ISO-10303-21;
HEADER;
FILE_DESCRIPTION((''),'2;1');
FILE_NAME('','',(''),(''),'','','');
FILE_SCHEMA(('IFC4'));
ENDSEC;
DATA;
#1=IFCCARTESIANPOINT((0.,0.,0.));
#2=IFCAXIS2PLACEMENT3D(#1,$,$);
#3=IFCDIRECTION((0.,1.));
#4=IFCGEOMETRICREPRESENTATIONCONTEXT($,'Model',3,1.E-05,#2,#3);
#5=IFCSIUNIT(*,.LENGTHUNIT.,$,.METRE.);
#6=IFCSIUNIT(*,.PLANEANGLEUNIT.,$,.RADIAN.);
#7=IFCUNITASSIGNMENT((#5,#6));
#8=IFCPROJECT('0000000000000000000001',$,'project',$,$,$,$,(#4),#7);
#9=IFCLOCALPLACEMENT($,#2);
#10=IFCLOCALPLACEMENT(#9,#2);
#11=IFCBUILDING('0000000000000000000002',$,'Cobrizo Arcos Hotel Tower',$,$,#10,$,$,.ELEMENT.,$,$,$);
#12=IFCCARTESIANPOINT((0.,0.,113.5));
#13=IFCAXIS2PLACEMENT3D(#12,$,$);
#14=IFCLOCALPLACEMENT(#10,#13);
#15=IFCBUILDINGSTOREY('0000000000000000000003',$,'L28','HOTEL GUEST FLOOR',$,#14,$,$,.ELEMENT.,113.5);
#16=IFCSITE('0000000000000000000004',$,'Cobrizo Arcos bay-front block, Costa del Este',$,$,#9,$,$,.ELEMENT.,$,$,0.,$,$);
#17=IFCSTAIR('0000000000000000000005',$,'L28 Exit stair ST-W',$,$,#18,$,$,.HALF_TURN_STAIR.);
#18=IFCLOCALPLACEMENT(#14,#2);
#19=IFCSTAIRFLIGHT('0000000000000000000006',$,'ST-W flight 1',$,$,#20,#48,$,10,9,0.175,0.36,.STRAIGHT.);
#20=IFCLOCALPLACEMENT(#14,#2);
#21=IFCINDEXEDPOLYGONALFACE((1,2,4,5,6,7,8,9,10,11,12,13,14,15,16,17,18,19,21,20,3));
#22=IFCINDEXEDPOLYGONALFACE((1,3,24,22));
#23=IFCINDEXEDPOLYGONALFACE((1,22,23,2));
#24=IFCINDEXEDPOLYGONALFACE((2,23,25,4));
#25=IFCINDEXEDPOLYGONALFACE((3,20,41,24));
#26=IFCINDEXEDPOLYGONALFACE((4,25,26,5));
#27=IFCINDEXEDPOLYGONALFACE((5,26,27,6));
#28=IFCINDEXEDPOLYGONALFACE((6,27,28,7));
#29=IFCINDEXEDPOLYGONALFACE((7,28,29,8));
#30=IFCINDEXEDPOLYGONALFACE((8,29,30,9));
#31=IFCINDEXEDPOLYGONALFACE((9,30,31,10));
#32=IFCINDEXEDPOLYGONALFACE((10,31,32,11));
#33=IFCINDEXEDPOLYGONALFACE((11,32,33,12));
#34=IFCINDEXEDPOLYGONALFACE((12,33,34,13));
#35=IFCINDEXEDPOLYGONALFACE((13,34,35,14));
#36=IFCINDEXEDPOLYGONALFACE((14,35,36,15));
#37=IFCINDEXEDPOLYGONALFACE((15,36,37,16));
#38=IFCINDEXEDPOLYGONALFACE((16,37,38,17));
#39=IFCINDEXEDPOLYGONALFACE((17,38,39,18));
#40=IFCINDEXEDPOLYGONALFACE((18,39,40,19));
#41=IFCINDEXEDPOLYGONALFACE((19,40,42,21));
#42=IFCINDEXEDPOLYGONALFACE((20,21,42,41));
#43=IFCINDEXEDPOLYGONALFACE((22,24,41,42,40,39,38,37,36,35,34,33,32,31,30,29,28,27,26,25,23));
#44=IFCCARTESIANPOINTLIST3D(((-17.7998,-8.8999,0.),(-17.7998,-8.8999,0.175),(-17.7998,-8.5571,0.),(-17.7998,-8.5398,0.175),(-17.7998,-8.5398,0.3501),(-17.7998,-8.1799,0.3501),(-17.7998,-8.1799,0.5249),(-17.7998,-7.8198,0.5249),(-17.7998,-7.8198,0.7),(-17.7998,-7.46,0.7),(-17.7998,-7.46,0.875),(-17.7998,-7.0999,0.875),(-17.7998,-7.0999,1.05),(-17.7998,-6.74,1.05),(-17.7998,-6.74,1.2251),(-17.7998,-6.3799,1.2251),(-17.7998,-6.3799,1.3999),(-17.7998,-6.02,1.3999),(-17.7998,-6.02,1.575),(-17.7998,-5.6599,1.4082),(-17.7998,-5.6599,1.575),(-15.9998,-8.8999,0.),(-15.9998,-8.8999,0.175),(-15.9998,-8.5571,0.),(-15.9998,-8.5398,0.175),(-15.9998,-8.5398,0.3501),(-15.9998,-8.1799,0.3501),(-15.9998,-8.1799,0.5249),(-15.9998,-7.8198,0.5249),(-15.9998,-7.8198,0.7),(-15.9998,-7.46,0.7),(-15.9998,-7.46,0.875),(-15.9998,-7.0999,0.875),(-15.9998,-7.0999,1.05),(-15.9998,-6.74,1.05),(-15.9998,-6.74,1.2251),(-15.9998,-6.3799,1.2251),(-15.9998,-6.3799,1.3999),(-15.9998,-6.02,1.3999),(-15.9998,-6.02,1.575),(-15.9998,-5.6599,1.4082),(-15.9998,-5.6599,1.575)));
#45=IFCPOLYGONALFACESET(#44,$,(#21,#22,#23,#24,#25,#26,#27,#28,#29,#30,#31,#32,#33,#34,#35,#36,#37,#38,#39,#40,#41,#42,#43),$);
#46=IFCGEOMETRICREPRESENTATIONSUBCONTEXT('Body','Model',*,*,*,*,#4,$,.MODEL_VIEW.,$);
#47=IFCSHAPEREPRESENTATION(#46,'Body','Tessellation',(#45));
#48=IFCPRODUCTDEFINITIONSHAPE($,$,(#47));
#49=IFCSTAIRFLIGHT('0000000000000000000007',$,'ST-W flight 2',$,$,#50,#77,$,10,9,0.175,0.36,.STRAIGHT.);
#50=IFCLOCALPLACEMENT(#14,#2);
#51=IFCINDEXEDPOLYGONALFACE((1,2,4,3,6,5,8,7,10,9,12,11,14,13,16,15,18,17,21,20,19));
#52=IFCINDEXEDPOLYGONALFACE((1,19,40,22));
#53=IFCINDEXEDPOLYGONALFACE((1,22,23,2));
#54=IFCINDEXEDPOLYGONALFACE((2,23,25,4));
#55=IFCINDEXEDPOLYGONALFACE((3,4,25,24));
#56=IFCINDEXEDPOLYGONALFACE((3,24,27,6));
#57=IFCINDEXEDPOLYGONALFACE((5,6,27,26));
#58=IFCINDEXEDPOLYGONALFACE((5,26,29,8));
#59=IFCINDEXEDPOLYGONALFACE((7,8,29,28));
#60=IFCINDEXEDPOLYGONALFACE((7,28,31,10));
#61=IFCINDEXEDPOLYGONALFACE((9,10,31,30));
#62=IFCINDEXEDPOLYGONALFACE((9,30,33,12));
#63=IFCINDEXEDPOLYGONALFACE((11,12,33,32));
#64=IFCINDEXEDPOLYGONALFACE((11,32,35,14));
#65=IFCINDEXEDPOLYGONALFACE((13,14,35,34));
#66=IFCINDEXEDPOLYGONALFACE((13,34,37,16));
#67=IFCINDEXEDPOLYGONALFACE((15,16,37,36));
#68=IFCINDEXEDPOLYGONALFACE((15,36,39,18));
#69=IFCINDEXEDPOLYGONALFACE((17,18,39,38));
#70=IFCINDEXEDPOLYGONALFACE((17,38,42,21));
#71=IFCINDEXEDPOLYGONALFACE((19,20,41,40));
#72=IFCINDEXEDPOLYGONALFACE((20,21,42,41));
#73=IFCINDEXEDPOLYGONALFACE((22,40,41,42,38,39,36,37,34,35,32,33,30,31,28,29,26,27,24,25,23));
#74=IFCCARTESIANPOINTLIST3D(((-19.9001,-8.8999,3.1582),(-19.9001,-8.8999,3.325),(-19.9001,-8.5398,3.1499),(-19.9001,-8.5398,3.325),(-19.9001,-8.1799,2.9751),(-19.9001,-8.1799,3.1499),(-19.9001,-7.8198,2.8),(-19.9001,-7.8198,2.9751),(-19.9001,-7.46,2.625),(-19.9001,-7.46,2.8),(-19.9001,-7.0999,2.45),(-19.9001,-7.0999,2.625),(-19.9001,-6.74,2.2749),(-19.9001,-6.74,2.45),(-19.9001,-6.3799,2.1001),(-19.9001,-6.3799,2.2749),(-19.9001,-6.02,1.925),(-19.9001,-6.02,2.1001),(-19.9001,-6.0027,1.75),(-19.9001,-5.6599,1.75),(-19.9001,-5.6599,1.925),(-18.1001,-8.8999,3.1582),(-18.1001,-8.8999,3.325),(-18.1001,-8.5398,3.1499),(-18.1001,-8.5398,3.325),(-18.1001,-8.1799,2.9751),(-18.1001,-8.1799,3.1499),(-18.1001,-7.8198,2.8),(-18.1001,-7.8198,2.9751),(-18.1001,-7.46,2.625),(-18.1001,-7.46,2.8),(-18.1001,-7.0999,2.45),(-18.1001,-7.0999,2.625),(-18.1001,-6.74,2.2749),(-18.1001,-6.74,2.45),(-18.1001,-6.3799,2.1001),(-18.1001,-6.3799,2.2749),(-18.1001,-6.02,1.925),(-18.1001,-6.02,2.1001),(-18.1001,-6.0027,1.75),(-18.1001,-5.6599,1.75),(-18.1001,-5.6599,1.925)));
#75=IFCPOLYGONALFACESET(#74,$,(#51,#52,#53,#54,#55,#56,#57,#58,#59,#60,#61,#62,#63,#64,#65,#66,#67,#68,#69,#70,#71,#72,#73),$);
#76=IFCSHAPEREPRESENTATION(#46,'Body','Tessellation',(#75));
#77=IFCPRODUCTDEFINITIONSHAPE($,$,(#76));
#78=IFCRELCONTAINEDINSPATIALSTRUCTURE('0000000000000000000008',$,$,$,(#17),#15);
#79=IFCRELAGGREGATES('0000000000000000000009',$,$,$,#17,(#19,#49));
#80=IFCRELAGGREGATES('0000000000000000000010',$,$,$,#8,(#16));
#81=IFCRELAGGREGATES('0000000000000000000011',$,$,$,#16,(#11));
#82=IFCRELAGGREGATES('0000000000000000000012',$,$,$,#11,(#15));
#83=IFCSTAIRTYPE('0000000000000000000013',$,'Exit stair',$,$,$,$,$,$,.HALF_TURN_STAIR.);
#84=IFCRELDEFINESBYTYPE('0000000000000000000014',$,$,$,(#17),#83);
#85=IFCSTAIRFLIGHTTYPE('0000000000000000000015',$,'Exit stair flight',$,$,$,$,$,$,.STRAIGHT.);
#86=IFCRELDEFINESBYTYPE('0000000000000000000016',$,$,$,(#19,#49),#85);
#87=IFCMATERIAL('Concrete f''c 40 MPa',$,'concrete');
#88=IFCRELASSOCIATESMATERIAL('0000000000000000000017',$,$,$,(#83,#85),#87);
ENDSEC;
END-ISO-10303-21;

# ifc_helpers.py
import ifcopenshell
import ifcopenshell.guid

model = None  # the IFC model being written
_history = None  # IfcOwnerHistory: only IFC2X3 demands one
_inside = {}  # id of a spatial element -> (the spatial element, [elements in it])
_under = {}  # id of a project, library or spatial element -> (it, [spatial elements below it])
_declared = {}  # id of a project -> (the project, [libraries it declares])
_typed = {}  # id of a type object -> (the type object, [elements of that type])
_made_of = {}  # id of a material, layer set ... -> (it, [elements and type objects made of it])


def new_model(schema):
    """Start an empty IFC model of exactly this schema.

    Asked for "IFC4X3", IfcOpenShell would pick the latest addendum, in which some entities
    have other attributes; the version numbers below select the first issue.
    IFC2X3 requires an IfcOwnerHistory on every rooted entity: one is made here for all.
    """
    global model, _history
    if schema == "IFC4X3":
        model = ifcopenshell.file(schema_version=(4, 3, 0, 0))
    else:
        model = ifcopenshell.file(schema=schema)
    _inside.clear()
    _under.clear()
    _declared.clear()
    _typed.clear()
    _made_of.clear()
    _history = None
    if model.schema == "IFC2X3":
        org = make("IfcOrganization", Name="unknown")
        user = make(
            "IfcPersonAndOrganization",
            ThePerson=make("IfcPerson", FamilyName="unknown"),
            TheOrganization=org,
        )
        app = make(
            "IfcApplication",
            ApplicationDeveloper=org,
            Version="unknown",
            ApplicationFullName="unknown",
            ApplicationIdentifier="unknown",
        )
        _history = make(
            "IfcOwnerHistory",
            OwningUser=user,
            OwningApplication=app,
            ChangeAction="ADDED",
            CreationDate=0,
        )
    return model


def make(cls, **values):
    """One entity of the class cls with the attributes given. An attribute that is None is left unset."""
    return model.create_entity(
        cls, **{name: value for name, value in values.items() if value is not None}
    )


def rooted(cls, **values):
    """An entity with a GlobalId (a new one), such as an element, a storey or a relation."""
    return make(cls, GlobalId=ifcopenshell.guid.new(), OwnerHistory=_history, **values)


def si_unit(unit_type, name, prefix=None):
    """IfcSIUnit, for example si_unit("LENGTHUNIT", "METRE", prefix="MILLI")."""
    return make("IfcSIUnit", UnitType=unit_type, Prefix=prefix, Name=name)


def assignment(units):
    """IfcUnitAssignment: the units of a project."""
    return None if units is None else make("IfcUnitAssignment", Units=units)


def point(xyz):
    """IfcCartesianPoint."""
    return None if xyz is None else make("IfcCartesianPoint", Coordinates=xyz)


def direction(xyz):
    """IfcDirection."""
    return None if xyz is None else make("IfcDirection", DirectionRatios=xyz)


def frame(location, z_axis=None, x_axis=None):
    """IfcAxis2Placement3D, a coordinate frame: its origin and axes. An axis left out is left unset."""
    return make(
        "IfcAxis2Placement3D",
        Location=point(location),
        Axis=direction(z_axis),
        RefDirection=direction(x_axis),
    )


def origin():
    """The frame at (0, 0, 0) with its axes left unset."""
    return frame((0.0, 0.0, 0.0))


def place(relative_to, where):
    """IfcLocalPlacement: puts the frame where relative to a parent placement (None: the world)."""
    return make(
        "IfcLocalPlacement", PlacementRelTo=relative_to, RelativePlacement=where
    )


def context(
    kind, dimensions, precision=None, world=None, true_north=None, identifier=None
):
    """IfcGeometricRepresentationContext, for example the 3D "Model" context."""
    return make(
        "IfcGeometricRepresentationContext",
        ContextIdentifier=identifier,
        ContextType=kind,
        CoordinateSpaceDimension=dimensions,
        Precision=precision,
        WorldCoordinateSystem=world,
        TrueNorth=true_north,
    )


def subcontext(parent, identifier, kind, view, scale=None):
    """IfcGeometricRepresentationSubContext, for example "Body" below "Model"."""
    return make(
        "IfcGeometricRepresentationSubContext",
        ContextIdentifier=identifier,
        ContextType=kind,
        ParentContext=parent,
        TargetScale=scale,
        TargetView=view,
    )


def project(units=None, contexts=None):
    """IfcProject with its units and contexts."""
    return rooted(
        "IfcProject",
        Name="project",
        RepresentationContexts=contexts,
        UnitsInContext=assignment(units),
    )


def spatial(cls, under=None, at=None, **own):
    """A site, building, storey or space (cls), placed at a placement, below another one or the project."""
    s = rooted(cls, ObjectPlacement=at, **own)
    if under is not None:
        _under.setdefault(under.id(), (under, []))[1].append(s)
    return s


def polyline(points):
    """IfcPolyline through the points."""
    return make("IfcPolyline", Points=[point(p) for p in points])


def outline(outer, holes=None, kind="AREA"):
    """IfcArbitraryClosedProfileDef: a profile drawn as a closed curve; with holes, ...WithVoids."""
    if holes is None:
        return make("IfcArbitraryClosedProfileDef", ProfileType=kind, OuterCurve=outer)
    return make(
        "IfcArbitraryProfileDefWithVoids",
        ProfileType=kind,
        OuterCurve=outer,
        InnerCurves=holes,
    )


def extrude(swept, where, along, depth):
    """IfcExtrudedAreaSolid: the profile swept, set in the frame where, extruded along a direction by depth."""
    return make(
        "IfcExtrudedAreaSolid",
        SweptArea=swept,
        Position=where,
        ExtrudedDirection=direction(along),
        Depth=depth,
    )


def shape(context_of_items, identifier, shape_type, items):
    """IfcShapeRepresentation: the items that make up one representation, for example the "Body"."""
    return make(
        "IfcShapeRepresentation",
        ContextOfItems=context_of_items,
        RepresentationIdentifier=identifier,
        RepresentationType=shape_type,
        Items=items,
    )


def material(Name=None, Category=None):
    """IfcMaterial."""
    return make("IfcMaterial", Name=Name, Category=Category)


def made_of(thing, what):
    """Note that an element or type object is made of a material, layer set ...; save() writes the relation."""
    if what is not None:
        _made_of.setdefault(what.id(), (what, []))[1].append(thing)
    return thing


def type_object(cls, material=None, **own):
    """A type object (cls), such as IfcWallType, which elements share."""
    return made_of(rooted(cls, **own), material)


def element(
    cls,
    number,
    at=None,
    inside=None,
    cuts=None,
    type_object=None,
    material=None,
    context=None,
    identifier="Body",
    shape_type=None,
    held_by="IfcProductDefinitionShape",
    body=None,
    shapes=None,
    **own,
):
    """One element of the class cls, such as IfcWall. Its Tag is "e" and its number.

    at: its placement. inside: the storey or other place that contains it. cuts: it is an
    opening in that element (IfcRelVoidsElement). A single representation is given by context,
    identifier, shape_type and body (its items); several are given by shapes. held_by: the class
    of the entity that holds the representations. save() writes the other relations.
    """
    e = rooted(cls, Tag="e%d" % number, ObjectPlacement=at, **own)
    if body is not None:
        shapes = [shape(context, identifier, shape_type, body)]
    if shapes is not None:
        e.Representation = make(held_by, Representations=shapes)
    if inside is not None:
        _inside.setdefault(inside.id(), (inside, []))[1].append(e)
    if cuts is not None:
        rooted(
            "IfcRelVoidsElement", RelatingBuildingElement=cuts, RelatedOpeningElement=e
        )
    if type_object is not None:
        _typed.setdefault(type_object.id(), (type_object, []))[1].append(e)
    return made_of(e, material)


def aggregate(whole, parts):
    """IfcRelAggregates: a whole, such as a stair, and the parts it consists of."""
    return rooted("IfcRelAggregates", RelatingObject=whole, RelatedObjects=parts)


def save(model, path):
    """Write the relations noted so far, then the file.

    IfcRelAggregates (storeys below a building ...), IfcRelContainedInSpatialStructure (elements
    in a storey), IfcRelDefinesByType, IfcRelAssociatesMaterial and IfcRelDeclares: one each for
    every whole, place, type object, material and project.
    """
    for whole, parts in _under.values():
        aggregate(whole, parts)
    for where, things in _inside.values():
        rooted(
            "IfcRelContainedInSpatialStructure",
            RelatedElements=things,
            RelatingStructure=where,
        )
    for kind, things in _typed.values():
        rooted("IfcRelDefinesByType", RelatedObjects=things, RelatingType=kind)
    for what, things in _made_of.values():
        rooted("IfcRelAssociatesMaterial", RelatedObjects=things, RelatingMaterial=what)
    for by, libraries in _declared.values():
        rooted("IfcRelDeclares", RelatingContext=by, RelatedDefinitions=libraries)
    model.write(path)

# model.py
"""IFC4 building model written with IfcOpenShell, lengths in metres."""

from ifc_helpers import new_model, si_unit, direction, frame, origin, place, context, subcontext, project, spatial, polyline, outline, extrude, material, type_object, element, aggregate, save


model = new_model("IFC4")

# Units and contexts
model_context = context("Model", 3, precision=1e-05, world=origin(), true_north=direction((0.0, 1.0)))
body_context = subcontext(model_context, "Body", "Model", "MODEL_VIEW")
ifc_project = project(units=[si_unit("LENGTHUNIT", "METRE"), si_unit("PLANEANGLEUNIT", "RADIAN")], contexts=[model_context])

# Site, building, storey
site_placement = place(None, origin())
site = spatial("IfcSite", under=ifc_project, at=site_placement, Name="Cobrizo Arcos bay-front block, Costa del Este", CompositionType="ELEMENT", RefElevation=0.0)
building_placement = place(site_placement, origin())
building = spatial("IfcBuilding", under=site, at=building_placement, Name="Cobrizo Arcos Hotel Tower", CompositionType="ELEMENT")
storey_placement = place(building_placement, frame((0.0, 0.0, 113.5)))
storey = spatial("IfcBuildingStorey", under=building, at=storey_placement, Name="L28", Description="HOTEL GUEST FLOOR", CompositionType="ELEMENT", Elevation=113.5)

# Shared definitions
ifc_material_1 = material(Name="Concrete f'c 40 MPa", Category="concrete")

# Stair, stair flights
stair_type = type_object("IfcStairType", Name="Exit stair", PredefinedType="HALF_TURN_STAIR", material=ifc_material_1)
stair_placement = place(storey_placement, origin())
stair = element("IfcStair", 1, at=stair_placement, inside=storey, type_object=stair_type, Name="L28 Exit stair ST-W", PredefinedType="HALF_TURN_STAIR")
stair_flight_type = type_object("IfcStairFlightType", Name="Exit stair flight", PredefinedType="STRAIGHT", material=ifc_material_1)
stair_flight_1_placement = place(storey_placement, frame((-16.8999, -8.8999, 0.0), z_axis=(0.0, 0.0, 1.0), x_axis=(0.0, 1.0, 0.0)))
stair_flight_1 = element("IfcStairFlight", 2, at=stair_flight_1_placement, type_object=stair_flight_type, Name="ST-W flight 1", NumberOfRisers=10, NumberOfTreads=9, PredefinedType="STRAIGHT", RiserHeight=0.175, TreadLength=0.36, context=body_context, shape_type="SweptSolid", body=[
    extrude(outline(polyline([(0.0, 0.0), (0.0, 0.175), (0.3601, 0.175), (0.3601, 0.3501), (0.72, 0.3501), (0.72, 0.5249), (1.0801, 0.5249), (1.0801, 0.7), (1.4399, 0.7), (1.4399, 0.875), (1.8, 0.875), (1.8, 1.05), (2.1599, 1.05), (2.1599, 1.2251), (2.52, 1.2251), (2.52, 1.3999), (2.8799, 1.3999), (2.8799, 1.575), (3.24, 1.575), (3.24, 1.75), (3.24, 1.4082), (0.3428, 0.0), (0.0, 0.0)])), frame((0.0, 0.8999, 0.0), z_axis=(0.0, -1.0, 0.0), x_axis=(1.0, 0.0, 0.0)), (0.0, 0.0, 1.0), 1.8),
])
stair_flight_2_placement = place(storey_placement, frame((-19.0, -5.6599, 1.75), z_axis=(0.0, 0.0, 1.0), x_axis=(0.0, -1.0, 0.0)))
stair_flight_2 = element("IfcStairFlight", 3, at=stair_flight_2_placement, type_object=stair_flight_type, Name="ST-W flight 2", NumberOfRisers=10, NumberOfTreads=9, PredefinedType="STRAIGHT", RiserHeight=0.175, TreadLength=0.36, context=body_context, shape_type="SweptSolid", body=[
    extrude(outline(polyline([(0.0, 0.0), (0.0, 0.175), (0.3601, 0.175), (0.3601, 0.3501), (0.72, 0.3501), (0.72, 0.5249), (1.0801, 0.5249), (1.0801, 0.7), (1.4399, 0.7), (1.4399, 0.875), (1.8, 0.875), (1.8, 1.05), (2.1599, 1.05), (2.1599, 1.2251), (2.52, 1.2251), (2.52, 1.3999), (2.8799, 1.3999), (2.8799, 1.575), (3.24, 1.575), (3.24, 1.75), (3.24, 1.4082), (0.3428, 0.0), (0.0, 0.0)])), frame((0.0, 0.8999, 0.0), z_axis=(0.0, -1.0, 0.0), x_axis=(1.0, 0.0, 0.0)), (0.0, 0.0, 1.0), 1.8),
])
aggregate(stair, [stair_flight_1, stair_flight_2])

save(model, "model.ifc")
